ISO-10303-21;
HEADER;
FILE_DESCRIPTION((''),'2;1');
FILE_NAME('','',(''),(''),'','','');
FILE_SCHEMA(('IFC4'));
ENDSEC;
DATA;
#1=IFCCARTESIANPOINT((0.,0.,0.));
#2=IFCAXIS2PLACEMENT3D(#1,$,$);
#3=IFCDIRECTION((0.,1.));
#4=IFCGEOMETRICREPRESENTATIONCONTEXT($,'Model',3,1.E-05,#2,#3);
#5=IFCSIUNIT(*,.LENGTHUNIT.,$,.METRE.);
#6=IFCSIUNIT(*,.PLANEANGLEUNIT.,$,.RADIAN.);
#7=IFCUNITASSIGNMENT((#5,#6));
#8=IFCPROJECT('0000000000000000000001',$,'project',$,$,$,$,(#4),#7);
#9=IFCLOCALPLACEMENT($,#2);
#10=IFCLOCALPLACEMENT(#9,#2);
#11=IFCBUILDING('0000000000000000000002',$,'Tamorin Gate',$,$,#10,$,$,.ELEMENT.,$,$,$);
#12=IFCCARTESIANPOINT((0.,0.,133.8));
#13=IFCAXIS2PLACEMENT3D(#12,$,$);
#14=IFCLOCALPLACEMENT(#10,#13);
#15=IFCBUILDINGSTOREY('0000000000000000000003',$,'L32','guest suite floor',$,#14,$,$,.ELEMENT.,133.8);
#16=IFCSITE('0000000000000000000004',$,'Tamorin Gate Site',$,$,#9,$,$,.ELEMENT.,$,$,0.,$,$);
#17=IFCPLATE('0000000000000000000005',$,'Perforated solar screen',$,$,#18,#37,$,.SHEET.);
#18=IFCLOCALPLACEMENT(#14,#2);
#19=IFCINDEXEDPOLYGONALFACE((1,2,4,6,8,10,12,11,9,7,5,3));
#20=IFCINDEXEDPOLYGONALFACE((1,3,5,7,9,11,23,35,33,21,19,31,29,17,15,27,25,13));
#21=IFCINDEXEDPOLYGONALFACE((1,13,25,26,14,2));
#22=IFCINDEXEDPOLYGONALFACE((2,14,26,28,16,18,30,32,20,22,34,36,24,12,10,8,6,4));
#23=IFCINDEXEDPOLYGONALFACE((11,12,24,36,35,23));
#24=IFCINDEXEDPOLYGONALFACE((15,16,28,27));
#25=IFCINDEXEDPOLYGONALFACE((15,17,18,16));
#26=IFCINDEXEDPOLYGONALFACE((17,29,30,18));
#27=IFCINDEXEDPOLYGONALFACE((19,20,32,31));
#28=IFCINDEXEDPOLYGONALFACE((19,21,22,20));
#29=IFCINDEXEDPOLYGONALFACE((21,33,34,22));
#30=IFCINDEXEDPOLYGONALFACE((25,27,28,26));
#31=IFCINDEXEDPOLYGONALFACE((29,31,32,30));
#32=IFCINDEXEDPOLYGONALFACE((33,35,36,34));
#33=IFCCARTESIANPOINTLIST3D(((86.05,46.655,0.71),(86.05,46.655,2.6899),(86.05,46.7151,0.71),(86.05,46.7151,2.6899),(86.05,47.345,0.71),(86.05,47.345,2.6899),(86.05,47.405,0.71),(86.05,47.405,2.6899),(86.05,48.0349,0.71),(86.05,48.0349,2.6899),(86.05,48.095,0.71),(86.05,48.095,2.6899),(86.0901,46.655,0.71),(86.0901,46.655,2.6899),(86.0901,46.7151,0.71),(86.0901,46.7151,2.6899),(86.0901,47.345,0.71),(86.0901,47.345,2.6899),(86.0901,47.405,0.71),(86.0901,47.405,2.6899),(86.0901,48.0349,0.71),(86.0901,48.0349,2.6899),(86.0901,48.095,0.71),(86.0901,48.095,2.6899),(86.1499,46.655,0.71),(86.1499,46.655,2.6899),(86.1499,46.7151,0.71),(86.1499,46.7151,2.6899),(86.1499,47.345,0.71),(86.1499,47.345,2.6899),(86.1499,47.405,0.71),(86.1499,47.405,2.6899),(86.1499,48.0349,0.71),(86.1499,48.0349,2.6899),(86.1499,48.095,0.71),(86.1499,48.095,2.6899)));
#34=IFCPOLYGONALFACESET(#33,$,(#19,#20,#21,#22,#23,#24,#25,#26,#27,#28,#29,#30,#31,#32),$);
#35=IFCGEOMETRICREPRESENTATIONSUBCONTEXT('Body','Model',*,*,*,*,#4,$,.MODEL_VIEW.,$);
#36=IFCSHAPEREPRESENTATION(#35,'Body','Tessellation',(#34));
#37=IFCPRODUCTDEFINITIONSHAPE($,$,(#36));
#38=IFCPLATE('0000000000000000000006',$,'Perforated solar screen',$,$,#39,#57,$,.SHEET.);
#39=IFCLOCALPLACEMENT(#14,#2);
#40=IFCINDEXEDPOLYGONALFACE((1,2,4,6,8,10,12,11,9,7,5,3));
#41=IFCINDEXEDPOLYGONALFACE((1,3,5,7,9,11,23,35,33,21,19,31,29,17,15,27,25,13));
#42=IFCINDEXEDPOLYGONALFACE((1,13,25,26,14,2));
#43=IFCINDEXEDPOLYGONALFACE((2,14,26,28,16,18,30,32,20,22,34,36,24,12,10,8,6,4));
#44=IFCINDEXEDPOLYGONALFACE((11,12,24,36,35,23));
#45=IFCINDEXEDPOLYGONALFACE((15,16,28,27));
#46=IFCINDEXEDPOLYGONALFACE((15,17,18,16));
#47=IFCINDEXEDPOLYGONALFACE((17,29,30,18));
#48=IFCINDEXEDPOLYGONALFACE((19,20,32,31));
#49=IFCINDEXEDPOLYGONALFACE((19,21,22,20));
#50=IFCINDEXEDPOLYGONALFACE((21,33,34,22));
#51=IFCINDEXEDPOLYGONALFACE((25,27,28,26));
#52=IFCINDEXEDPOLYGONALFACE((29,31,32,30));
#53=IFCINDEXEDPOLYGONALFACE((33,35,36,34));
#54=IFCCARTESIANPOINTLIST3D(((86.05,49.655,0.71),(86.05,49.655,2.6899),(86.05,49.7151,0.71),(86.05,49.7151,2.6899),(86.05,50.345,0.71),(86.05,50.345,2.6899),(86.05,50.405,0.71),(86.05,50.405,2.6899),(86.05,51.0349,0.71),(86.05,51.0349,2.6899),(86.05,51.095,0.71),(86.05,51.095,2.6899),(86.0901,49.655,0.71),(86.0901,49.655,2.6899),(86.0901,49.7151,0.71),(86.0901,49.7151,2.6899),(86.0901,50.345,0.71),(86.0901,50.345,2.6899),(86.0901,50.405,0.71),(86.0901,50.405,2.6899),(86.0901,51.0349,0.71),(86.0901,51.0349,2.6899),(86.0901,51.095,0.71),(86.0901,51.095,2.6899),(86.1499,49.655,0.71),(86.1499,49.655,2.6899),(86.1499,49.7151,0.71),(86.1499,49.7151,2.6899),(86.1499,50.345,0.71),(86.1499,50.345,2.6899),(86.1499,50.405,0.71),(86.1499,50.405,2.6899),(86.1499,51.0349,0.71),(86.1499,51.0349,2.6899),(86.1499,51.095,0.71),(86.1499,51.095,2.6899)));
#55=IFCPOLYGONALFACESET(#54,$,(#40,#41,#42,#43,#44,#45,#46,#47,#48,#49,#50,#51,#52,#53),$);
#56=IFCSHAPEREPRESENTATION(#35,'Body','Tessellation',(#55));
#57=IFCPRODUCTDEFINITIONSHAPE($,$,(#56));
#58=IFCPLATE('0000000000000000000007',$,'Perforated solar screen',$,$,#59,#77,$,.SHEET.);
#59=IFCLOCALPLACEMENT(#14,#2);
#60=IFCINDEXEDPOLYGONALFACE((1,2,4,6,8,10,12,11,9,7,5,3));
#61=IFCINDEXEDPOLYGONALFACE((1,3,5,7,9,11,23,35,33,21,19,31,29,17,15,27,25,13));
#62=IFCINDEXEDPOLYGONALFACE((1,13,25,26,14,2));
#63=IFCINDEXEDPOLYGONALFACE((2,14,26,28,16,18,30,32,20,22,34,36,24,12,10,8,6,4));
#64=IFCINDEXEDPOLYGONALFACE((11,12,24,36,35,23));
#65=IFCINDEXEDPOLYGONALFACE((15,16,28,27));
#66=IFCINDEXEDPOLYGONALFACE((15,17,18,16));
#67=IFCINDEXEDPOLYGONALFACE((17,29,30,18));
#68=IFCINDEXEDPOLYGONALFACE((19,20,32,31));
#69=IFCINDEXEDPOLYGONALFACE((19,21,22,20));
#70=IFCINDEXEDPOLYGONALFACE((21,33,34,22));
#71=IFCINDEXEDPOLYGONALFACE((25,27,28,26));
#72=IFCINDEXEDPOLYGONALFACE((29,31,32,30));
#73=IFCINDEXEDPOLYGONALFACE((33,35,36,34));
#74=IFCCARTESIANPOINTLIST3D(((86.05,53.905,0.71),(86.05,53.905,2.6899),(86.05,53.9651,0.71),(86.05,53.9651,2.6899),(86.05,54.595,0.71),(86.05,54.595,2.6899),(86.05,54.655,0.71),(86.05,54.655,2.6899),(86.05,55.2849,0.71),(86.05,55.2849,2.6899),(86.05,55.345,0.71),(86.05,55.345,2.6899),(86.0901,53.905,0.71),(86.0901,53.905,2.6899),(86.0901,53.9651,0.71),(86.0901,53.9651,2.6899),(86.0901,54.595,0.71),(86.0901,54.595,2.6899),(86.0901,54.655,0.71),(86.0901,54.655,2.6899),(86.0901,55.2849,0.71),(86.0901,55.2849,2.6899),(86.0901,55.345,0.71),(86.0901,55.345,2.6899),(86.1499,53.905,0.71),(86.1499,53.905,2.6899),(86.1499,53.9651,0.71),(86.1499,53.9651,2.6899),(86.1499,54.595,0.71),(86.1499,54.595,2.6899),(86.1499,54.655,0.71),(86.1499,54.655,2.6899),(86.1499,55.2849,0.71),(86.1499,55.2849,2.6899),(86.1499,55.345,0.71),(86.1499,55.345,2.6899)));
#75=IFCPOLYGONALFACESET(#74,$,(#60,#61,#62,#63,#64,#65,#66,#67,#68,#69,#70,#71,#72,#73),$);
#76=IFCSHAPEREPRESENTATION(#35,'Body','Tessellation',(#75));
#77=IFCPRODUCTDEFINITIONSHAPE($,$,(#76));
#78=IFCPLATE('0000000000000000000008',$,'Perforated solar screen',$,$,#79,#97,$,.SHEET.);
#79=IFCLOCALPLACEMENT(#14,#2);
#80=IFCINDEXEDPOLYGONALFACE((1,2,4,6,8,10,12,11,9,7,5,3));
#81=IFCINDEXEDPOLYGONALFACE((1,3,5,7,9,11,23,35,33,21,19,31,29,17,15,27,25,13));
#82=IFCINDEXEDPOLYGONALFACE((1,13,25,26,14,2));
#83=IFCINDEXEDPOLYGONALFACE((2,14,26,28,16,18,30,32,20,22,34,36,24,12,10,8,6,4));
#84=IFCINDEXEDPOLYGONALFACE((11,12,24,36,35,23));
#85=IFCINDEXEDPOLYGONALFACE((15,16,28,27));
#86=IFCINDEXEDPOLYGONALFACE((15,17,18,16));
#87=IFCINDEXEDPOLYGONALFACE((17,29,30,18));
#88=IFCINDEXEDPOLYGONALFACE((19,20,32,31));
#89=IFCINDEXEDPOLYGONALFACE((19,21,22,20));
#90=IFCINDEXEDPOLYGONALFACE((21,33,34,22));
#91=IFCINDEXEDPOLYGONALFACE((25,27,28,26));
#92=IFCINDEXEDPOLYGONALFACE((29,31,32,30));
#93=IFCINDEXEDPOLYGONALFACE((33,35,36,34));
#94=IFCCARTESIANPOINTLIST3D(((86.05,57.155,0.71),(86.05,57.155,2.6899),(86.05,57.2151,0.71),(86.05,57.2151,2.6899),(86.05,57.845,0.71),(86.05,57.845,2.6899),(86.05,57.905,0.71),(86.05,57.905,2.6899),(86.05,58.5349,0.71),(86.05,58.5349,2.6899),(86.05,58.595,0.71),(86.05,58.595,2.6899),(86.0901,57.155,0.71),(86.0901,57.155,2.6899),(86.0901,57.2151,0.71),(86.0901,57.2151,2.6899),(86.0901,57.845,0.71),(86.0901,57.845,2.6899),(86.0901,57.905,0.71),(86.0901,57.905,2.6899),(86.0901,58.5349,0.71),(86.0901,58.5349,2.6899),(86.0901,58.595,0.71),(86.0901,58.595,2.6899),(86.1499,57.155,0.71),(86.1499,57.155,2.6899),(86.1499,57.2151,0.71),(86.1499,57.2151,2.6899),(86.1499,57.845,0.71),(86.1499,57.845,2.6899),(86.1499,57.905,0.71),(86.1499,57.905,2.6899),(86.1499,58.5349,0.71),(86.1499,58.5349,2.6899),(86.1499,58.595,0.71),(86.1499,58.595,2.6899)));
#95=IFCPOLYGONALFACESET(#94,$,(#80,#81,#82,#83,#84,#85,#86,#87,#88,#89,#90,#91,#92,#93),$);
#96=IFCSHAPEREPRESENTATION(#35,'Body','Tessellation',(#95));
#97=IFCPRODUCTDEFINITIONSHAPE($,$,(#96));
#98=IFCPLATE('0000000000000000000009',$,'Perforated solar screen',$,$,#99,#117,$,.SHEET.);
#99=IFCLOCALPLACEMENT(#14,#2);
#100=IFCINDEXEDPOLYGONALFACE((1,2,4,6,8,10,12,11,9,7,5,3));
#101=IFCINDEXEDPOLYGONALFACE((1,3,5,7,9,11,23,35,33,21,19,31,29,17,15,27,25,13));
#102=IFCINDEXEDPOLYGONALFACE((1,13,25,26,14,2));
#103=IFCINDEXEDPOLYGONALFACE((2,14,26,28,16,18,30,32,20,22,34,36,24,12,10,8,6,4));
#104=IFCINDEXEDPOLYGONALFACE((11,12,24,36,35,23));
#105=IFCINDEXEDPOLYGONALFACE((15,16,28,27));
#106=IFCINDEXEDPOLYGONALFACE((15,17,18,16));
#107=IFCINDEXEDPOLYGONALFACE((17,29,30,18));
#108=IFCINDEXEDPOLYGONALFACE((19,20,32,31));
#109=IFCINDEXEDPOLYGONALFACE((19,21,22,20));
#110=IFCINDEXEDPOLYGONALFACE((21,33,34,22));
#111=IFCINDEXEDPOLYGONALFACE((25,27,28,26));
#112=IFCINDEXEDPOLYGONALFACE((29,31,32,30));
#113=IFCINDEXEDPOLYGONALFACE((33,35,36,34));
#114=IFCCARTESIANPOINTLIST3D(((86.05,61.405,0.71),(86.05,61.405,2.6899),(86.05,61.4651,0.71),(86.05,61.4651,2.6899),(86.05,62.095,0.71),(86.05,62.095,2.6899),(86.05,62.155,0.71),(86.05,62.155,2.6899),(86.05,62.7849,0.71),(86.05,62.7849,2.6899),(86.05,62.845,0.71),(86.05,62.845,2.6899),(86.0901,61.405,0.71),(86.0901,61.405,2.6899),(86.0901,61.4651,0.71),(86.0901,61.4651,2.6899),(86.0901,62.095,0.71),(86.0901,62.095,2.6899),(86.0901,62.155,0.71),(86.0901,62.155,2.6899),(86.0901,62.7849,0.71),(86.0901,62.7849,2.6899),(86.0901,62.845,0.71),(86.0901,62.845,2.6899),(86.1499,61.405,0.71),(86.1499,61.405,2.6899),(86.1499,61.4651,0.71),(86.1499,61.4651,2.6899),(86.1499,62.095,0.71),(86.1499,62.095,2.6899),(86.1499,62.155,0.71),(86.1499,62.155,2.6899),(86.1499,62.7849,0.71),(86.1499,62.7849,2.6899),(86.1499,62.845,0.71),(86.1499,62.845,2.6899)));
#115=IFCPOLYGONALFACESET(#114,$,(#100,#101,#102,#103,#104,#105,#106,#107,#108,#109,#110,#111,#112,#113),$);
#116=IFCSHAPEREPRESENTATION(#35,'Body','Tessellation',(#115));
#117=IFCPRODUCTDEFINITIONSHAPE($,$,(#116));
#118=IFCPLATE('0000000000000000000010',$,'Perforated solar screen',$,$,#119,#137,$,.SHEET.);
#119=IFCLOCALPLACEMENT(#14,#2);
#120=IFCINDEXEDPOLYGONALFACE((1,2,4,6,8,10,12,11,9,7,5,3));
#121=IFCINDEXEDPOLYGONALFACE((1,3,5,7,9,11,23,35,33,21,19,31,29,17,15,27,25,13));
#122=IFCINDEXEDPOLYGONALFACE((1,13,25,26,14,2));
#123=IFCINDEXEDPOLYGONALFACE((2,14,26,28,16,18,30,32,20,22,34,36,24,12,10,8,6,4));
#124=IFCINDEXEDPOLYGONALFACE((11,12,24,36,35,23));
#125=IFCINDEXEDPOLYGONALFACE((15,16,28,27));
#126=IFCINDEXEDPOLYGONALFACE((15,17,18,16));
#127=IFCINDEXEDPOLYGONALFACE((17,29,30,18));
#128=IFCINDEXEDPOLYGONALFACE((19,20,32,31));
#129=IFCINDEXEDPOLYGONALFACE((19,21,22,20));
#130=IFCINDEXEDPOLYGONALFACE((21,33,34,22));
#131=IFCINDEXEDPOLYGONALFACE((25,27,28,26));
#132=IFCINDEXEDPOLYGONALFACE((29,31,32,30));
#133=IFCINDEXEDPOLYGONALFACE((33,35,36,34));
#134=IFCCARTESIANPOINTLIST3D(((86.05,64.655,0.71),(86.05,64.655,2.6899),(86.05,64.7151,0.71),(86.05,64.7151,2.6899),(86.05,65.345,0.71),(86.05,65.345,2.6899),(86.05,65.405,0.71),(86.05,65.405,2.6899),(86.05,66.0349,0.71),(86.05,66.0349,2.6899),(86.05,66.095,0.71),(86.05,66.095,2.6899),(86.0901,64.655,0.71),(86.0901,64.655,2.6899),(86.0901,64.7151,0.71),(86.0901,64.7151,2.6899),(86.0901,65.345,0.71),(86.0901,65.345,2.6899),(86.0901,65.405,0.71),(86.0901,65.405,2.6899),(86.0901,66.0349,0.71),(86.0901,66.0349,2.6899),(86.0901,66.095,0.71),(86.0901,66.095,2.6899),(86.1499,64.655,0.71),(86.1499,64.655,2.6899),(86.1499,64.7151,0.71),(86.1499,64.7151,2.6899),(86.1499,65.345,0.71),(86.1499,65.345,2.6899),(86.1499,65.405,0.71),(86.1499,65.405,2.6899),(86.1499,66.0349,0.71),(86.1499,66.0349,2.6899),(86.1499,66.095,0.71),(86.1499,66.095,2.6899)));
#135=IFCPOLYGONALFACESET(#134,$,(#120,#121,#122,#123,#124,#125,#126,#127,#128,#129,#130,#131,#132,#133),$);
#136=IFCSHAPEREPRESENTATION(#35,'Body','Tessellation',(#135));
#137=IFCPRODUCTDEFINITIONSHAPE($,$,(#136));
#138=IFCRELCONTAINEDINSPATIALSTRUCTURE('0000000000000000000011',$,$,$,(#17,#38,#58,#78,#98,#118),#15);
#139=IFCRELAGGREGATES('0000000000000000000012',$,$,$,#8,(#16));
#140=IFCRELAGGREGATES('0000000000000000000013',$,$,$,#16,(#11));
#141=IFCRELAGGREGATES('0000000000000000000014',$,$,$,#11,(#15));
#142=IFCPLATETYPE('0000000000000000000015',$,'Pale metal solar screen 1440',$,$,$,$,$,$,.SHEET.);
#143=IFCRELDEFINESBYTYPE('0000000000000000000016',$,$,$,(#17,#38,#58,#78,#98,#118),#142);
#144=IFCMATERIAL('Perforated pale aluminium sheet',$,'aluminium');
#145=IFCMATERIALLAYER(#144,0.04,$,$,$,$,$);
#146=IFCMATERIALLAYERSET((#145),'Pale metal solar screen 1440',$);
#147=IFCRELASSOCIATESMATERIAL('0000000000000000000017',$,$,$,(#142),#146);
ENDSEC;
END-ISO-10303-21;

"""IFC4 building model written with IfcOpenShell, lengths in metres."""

from ifc_helpers import new_model, si_unit, direction, frame, origin, place, context, subcontext, project, spatial, polyline, outline, extrude, material, layer, layer_set, type_object, element, save


model = new_model("IFC4")

# Units and contexts
model_context = context("Model", 3, precision=1e-05, world=origin(), true_north=direction((0.0, 1.0)))
body_context = subcontext(model_context, "Body", "Model", "MODEL_VIEW")
ifc_project = project(units=[si_unit("LENGTHUNIT", "METRE"), si_unit("PLANEANGLEUNIT", "RADIAN")], contexts=[model_context])

# Site, building, storey
site_placement = place(None, origin())
site = spatial("IfcSite", under=ifc_project, at=site_placement, Name="Tamorin Gate Site", CompositionType="ELEMENT", RefElevation=0.0)
building_placement = place(site_placement, origin())
building = spatial("IfcBuilding", under=site, at=building_placement, Name="Tamorin Gate", CompositionType="ELEMENT")
storey_placement = place(building_placement, frame((0.0, 0.0, 133.8)))
storey = spatial("IfcBuildingStorey", under=building, at=storey_placement, Name="L32", Description="guest suite floor", CompositionType="ELEMENT", Elevation=133.8)

# Plates
ifc_material_1 = material(Name="Perforated pale aluminium sheet", Category="aluminium")
ifc_layer_1 = layer(ifc_material_1, 0.04)
ifc_layer_set_1 = layer_set([ifc_layer_1], Name="Pale metal solar screen 1440")
plate_type_1 = type_object("IfcPlateType", Name="Pale metal solar screen 1440", PredefinedType="SHEET", material=ifc_layer_set_1)
plate_1_placement = place(storey_placement, frame((0.0, 0.0, 0.71)))
element("IfcPlate", 1, at=plate_1_placement, inside=storey, type_object=plate_type_1, Name="Perforated solar screen", PredefinedType="SHEET", context=body_context, shape_type="SweptSolid", body=[
    extrude(outline(polyline([(86.0901, 46.655), (86.05, 46.655), (86.05, 46.7151), (86.05, 47.345), (86.05, 47.405), (86.05, 48.0349), (86.05, 48.095), (86.05, 48.095), (86.0901, 48.095), (86.0901, 48.095), (86.1499, 48.095), (86.1499, 48.0349), (86.0901, 48.0349), (86.0901, 47.405), (86.1499, 47.405), (86.1499, 47.345), (86.0901, 47.345), (86.0901, 46.7151), (86.1499, 46.7151), (86.1499, 46.655), (86.0901, 46.655)])), origin(), (0.0, 0.0, 1.0), 1.98),
])
plate_2_placement = place(storey_placement, frame((0.0, 0.0, 0.71)))
element("IfcPlate", 2, at=plate_2_placement, inside=storey, type_object=plate_type_1, Name="Perforated solar screen", PredefinedType="SHEET", context=body_context, shape_type="SweptSolid", body=[
    extrude(outline(polyline([(86.0901, 49.655), (86.05, 49.655), (86.05, 49.7151), (86.05, 50.345), (86.05, 50.405), (86.05, 51.0349), (86.05, 51.095), (86.0901, 51.095), (86.1499, 51.095), (86.1499, 51.0349), (86.0901, 51.0349), (86.0901, 50.405), (86.1499, 50.405), (86.1499, 50.345), (86.0901, 50.345), (86.0901, 49.7151), (86.1499, 49.7151), (86.1499, 49.655), (86.0901, 49.655)])), origin(), (0.0, 0.0, 1.0), 1.98),
])
plate_3_placement = place(storey_placement, frame((0.0, 0.0, 0.71)))
element("IfcPlate", 3, at=plate_3_placement, inside=storey, type_object=plate_type_1, Name="Perforated solar screen", PredefinedType="SHEET", context=body_context, shape_type="SweptSolid", body=[
    extrude(outline(polyline([(86.0901, 53.905), (86.05, 53.905), (86.05, 53.9651), (86.05, 54.595), (86.05, 54.655), (86.05, 55.2849), (86.05, 55.345), (86.0901, 55.345), (86.1499, 55.345), (86.1499, 55.2849), (86.0901, 55.2849), (86.0901, 54.655), (86.1499, 54.655), (86.1499, 54.595), (86.0901, 54.595), (86.0901, 53.9651), (86.1499, 53.9651), (86.1499, 53.905), (86.0901, 53.905)])), origin(), (0.0, 0.0, 1.0), 1.98),
])
plate_4_placement = place(storey_placement, frame((0.0, 0.0, 0.71)))
element("IfcPlate", 4, at=plate_4_placement, inside=storey, type_object=plate_type_1, Name="Perforated solar screen", PredefinedType="SHEET", context=body_context, shape_type="SweptSolid", body=[
    extrude(outline(polyline([(86.0901, 57.155), (86.05, 57.155), (86.05, 57.2151), (86.05, 57.845), (86.05, 57.905), (86.05, 58.5349), (86.05, 58.595), (86.0901, 58.595), (86.1499, 58.595), (86.1499, 58.5349), (86.0901, 58.5349), (86.0901, 57.905), (86.1499, 57.905), (86.1499, 57.845), (86.0901, 57.845), (86.0901, 57.2151), (86.1499, 57.2151), (86.1499, 57.155), (86.0901, 57.155)])), origin(), (0.0, 0.0, 1.0), 1.98),
])
plate_5_placement = place(storey_placement, frame((0.0, 0.0, 0.71)))
element("IfcPlate", 5, at=plate_5_placement, inside=storey, type_object=plate_type_1, Name="Perforated solar screen", PredefinedType="SHEET", context=body_context, shape_type="SweptSolid", body=[
    extrude(outline(polyline([(86.0901, 61.405), (86.05, 61.405), (86.05, 61.4651), (86.05, 62.095), (86.05, 62.155), (86.05, 62.7849), (86.05, 62.845), (86.0901, 62.845), (86.1499, 62.845), (86.1499, 62.7849), (86.0901, 62.7849), (86.0901, 62.155), (86.1499, 62.155), (86.1499, 62.095), (86.0901, 62.095), (86.0901, 61.4651), (86.1499, 61.4651), (86.1499, 61.405), (86.0901, 61.405)])), origin(), (0.0, 0.0, 1.0), 1.98),
])
plate_6_placement = place(storey_placement, frame((0.0, 0.0, 0.71)))
element("IfcPlate", 6, at=plate_6_placement, inside=storey, type_object=plate_type_1, Name="Perforated solar screen", PredefinedType="SHEET", context=body_context, shape_type="SweptSolid", body=[
    extrude(outline(polyline([(86.0901, 64.655), (86.05, 64.655), (86.05, 64.7151), (86.05, 65.345), (86.05, 65.405), (86.05, 66.0349), (86.05, 66.095), (86.0901, 66.095), (86.1499, 66.095), (86.1499, 66.0349), (86.0901, 66.0349), (86.0901, 65.405), (86.1499, 65.405), (86.1499, 65.345), (86.0901, 65.345), (86.0901, 64.7151), (86.1499, 64.7151), (86.1499, 64.655), (86.0901, 64.655)])), origin(), (0.0, 0.0, 1.0), 1.98),
])

save(model, "model.ifc")
